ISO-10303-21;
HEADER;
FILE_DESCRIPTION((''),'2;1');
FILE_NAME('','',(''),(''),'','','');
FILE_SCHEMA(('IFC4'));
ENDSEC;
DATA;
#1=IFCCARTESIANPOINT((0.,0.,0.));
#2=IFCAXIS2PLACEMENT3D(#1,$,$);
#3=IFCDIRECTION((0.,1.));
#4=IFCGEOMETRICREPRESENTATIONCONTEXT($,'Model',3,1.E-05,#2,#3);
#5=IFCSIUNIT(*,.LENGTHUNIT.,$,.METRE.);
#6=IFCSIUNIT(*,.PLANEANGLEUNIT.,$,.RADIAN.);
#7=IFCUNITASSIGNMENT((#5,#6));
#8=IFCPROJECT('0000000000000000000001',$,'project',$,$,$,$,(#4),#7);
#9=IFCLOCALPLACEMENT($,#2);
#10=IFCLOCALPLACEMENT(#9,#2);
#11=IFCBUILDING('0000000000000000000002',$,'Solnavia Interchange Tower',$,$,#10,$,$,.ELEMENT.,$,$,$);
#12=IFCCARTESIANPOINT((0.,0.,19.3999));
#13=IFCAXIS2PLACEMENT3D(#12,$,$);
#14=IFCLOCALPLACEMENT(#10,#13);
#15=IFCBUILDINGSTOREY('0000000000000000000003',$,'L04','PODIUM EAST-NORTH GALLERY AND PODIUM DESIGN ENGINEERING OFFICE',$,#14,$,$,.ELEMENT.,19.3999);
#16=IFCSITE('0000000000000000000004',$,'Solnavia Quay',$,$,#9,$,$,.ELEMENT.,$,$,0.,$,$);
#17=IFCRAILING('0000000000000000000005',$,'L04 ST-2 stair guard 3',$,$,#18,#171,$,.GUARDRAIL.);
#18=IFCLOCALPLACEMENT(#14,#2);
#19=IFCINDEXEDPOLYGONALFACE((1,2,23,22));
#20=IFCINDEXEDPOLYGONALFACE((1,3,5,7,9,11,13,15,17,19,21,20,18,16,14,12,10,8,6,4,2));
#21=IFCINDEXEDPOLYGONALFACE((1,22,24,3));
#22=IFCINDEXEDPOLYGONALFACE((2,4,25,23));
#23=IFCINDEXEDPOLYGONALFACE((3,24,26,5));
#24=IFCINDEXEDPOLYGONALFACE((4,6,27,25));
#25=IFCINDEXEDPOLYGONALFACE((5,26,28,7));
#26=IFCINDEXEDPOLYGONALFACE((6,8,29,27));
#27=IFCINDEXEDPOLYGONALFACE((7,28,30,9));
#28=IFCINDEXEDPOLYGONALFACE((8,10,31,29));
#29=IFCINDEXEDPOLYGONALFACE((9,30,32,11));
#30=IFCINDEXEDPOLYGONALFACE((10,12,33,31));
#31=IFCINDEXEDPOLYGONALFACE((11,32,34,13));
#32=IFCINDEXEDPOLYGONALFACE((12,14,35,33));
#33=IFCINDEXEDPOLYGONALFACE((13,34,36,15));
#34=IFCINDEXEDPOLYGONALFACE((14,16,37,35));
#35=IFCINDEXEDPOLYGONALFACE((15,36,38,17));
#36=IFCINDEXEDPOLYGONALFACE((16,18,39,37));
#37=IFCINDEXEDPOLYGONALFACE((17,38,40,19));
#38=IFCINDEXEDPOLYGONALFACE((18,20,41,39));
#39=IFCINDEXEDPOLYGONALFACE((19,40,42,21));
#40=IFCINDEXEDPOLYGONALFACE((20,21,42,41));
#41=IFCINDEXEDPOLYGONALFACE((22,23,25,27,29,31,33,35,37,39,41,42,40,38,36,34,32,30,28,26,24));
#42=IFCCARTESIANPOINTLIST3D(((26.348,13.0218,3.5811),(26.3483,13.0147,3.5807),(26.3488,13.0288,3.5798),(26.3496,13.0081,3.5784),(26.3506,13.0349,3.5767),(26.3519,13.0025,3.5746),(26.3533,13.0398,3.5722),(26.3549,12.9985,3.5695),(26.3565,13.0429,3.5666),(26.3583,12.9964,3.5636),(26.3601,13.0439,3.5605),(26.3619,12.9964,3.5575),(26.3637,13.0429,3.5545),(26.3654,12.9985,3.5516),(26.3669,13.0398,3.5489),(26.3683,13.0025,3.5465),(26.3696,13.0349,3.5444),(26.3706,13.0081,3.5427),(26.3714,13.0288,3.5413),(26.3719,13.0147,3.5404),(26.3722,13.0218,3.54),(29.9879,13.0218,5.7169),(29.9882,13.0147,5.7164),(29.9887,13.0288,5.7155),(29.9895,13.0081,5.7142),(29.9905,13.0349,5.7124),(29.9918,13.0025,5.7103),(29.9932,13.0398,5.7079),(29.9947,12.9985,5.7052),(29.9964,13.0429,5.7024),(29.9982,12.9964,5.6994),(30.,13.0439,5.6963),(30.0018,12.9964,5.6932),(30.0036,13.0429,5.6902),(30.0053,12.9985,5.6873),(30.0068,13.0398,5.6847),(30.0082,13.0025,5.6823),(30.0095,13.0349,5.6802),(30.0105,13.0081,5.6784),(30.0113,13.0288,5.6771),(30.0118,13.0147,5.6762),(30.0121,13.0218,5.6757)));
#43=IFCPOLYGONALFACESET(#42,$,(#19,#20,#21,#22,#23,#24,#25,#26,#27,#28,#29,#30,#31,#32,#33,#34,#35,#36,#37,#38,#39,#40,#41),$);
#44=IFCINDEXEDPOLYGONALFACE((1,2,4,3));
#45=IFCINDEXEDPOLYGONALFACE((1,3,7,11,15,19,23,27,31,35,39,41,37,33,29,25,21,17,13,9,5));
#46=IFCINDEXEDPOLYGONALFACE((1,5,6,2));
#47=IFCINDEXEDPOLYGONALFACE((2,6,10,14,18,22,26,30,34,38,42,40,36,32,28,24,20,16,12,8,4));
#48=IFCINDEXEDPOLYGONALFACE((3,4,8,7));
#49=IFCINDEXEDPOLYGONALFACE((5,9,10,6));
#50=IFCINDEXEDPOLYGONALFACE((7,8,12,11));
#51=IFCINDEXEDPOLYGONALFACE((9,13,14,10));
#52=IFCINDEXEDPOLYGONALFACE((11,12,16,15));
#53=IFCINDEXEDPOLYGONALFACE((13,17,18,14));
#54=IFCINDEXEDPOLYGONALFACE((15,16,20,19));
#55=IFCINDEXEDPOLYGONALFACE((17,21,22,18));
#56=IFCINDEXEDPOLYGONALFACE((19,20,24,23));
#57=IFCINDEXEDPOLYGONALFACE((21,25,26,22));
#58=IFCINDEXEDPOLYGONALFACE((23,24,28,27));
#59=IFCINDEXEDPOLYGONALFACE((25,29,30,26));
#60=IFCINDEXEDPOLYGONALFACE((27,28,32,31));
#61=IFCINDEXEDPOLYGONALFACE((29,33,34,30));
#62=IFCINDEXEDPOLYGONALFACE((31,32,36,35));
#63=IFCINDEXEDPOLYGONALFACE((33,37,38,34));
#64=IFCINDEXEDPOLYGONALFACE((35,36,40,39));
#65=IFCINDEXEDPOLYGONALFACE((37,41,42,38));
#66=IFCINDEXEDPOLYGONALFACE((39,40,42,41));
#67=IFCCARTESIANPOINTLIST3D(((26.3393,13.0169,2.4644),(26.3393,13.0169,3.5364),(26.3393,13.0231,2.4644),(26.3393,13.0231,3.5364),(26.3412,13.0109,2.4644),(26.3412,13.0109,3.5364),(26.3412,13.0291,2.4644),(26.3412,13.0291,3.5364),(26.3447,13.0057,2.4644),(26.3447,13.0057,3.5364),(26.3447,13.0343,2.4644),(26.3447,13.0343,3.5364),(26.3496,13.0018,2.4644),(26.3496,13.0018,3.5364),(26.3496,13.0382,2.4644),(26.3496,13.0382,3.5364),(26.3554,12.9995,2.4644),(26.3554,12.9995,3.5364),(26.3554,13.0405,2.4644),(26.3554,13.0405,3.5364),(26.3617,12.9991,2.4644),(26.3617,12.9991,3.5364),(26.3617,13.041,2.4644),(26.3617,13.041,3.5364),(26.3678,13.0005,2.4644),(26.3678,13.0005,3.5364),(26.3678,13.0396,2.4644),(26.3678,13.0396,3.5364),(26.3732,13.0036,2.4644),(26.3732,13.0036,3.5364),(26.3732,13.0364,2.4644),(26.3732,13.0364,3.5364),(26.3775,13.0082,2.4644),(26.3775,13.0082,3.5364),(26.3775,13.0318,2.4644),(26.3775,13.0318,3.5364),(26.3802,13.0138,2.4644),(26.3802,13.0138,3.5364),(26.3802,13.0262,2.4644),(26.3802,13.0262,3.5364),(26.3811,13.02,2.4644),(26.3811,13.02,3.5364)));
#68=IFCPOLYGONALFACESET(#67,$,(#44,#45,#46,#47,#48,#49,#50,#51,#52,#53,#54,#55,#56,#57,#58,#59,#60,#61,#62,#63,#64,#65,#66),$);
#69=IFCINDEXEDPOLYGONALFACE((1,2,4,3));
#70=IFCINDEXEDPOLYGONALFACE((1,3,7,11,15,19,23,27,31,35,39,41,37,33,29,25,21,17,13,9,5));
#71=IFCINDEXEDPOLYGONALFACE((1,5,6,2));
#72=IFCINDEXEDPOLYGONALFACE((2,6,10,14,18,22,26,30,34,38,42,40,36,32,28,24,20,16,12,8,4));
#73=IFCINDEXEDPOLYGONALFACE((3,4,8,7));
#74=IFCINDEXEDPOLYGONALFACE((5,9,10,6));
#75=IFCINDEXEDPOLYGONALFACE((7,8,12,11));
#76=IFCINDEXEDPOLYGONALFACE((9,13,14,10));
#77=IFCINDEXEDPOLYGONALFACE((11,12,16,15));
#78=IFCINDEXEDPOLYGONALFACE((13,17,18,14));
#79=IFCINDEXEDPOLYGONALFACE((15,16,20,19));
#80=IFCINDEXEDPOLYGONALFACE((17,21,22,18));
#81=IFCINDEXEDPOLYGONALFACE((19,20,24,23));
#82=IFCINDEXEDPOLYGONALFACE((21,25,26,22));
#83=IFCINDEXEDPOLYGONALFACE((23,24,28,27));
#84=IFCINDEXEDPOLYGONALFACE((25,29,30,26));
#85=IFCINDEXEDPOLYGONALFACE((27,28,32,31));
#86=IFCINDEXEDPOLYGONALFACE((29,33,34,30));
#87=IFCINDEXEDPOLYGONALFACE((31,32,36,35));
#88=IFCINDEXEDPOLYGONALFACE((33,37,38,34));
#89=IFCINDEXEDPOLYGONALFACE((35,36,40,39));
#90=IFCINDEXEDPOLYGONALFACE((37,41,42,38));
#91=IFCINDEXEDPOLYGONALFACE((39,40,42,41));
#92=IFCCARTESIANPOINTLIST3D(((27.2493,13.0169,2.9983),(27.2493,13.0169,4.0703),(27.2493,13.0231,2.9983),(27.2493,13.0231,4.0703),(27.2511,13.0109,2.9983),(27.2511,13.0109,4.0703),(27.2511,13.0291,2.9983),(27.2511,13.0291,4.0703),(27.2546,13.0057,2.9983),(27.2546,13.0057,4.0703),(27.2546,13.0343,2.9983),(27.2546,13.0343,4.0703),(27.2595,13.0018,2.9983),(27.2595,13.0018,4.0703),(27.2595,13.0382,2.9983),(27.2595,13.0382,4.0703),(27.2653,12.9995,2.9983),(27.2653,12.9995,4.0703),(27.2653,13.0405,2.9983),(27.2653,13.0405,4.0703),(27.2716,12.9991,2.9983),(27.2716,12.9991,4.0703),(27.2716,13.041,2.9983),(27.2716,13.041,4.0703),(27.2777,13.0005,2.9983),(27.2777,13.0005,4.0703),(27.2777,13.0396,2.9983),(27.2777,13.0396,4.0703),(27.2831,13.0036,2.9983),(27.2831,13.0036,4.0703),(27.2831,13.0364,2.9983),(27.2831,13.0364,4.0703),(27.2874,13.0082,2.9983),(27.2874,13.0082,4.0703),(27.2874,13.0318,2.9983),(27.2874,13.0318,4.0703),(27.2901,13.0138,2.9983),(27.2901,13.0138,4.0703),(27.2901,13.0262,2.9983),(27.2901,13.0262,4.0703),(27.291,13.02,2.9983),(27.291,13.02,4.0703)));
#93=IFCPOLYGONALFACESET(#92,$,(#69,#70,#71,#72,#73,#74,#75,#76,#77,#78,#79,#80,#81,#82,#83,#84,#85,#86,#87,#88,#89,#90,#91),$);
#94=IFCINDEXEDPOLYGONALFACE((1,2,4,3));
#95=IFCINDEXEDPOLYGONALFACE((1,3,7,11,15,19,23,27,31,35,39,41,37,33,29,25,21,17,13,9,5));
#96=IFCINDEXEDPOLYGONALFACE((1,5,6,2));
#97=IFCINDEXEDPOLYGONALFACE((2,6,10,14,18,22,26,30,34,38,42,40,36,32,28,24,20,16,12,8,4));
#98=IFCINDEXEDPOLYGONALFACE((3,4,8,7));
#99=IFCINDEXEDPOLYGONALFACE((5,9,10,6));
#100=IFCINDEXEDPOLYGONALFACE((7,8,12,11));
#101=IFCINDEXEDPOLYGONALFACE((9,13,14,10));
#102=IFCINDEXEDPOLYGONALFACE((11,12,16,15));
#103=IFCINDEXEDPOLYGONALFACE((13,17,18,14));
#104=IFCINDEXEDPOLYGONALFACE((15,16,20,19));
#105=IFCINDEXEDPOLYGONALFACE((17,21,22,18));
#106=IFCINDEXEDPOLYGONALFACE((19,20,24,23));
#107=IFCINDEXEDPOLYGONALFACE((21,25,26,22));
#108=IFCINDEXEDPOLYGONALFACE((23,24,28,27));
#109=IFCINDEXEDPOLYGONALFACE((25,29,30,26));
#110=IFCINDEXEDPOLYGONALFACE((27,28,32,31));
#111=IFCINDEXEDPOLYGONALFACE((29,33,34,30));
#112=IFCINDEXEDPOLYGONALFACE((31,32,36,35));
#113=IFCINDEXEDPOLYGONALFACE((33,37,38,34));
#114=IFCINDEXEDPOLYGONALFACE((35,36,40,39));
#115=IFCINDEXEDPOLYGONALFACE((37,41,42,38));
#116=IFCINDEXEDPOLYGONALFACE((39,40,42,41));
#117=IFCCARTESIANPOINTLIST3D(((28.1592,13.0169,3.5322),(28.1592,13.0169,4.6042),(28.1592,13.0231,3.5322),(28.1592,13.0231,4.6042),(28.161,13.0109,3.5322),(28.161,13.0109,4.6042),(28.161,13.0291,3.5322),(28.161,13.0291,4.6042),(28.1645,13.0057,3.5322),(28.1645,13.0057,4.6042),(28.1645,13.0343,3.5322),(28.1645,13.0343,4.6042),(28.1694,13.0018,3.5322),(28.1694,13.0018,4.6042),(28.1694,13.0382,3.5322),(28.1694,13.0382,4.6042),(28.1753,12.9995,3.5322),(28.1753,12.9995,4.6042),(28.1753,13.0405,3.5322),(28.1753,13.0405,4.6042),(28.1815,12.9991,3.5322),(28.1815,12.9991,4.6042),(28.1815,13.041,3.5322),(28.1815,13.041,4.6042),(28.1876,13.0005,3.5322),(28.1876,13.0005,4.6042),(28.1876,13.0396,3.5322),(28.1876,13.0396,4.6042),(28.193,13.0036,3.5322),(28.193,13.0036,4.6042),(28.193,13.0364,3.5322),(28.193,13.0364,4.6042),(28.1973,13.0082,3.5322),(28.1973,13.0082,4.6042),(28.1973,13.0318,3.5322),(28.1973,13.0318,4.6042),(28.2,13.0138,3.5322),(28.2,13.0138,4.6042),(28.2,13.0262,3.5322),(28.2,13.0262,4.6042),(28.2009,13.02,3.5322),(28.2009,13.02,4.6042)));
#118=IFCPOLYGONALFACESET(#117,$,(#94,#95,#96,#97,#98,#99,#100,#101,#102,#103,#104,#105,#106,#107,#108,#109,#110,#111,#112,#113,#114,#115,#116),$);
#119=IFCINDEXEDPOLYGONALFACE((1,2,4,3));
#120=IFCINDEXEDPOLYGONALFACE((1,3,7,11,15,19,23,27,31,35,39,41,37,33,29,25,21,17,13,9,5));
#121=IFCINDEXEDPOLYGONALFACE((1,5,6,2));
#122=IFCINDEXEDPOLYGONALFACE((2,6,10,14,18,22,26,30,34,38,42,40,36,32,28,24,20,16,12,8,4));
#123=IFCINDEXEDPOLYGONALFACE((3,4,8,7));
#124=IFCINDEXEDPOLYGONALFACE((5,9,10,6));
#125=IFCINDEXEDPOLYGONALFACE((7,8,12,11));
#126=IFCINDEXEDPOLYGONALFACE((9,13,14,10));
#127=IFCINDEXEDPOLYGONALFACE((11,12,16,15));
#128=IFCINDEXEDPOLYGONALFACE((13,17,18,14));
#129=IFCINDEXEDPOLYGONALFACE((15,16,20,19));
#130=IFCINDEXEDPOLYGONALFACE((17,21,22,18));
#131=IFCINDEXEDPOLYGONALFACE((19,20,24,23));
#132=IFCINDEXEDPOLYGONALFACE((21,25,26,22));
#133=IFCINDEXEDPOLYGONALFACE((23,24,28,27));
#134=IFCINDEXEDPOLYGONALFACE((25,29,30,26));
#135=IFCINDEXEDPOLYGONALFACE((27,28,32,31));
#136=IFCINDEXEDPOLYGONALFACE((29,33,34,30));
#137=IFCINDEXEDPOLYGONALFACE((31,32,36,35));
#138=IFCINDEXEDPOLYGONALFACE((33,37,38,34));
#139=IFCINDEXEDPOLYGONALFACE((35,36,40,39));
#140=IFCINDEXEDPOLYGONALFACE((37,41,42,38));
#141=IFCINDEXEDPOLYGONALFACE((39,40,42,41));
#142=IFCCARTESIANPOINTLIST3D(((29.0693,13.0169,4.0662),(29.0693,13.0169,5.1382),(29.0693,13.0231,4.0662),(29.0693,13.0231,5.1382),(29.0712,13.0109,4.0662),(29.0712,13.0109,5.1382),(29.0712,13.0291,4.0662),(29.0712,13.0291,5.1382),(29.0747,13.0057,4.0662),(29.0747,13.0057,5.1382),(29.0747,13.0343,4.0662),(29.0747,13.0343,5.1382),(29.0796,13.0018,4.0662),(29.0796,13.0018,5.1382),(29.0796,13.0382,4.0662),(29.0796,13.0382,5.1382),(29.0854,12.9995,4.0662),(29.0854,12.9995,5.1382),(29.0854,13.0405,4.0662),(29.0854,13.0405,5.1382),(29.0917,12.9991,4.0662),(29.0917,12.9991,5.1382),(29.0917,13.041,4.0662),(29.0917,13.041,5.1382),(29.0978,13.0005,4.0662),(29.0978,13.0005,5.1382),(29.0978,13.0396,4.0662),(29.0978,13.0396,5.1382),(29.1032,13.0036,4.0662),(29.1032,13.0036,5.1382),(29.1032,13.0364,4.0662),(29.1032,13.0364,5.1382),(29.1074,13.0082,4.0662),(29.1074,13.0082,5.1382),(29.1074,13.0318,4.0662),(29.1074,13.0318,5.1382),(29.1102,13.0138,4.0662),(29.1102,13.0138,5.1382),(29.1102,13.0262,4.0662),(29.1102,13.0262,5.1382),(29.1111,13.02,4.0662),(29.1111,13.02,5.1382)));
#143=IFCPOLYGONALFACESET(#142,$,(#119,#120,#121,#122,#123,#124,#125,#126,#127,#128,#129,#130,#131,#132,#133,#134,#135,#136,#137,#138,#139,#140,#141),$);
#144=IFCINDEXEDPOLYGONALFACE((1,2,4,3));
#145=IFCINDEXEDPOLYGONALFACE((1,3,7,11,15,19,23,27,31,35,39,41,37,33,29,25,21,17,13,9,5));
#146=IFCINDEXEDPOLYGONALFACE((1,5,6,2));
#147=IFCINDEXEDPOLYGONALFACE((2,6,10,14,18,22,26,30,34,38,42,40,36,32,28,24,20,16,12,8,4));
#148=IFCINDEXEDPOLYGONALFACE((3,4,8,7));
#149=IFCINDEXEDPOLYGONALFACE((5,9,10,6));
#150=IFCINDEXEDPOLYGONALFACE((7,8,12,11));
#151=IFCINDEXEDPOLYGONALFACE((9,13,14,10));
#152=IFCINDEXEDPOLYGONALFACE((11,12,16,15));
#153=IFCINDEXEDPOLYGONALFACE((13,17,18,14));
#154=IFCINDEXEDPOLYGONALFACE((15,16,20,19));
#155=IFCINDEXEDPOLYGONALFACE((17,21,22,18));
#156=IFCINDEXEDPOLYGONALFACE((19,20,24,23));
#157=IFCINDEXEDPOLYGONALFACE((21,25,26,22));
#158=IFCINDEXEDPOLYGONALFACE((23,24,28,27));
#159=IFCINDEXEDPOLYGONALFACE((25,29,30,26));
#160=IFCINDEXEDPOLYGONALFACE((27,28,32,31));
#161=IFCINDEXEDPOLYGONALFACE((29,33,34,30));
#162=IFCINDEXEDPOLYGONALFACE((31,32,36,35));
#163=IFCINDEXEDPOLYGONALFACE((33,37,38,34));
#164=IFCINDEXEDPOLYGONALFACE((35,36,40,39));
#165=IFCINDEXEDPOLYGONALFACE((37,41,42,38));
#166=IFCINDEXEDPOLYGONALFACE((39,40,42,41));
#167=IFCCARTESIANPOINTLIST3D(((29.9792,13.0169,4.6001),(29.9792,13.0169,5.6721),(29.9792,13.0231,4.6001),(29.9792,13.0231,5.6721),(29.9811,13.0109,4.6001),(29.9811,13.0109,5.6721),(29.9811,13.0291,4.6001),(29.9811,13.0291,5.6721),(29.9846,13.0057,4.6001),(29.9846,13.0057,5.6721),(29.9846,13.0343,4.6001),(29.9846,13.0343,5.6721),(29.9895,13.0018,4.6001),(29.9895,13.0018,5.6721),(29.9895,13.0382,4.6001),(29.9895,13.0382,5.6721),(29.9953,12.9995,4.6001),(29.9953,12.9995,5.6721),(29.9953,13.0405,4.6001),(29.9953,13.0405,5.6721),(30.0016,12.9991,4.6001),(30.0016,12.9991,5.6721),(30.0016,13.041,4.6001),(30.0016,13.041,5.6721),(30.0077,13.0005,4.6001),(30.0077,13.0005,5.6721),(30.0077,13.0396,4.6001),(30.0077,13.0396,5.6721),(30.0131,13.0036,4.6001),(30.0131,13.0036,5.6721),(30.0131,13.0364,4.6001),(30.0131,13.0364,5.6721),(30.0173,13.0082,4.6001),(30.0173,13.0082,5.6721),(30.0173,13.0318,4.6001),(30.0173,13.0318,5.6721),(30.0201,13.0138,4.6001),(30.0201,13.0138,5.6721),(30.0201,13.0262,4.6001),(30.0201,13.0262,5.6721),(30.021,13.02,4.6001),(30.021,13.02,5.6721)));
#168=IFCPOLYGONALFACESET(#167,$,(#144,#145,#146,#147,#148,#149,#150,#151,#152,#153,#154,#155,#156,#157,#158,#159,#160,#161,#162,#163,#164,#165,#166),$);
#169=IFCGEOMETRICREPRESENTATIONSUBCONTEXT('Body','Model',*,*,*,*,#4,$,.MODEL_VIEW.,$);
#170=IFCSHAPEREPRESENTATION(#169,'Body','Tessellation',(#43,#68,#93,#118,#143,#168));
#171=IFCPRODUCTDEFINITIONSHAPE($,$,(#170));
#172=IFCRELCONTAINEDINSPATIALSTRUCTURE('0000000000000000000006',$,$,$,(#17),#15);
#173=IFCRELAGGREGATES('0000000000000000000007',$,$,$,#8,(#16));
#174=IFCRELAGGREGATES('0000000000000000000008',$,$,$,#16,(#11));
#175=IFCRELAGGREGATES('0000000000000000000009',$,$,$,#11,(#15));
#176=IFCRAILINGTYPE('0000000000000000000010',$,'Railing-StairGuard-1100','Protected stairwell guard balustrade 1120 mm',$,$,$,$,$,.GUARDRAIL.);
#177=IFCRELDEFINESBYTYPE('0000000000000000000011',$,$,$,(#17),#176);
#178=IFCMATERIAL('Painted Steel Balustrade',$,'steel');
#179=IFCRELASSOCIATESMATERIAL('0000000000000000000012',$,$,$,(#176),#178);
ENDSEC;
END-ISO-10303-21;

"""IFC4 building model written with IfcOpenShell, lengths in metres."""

from ifc_helpers import new_model, si_unit, direction, frame, origin, origin_2d, place, context, subcontext, project, spatial, circle, extrude, material, type_object, element, save


model = new_model("IFC4")

# Units and contexts
model_context = context("Model", 3, precision=1e-05, world=origin(), true_north=direction((0.0, 1.0)))
body_context = subcontext(model_context, "Body", "Model", "MODEL_VIEW")
ifc_project = project(units=[si_unit("LENGTHUNIT", "METRE"), si_unit("PLANEANGLEUNIT", "RADIAN")], contexts=[model_context])

# Site, building, storey
site_placement = place(None, origin())
site = spatial("IfcSite", under=ifc_project, at=site_placement, Name="Solnavia Quay", CompositionType="ELEMENT", RefElevation=0.0)
building_placement = place(site_placement, origin())
building = spatial("IfcBuilding", under=site, at=building_placement, Name="Solnavia Interchange Tower", CompositionType="ELEMENT")
storey_placement = place(building_placement, frame((0.0, 0.0, 19.3999)))
storey = spatial("IfcBuildingStorey", under=building, at=storey_placement, Name="L04", Description="PODIUM EAST-NORTH GALLERY AND PODIUM DESIGN ENGINEERING OFFICE", CompositionType="ELEMENT", Elevation=19.3999)

# Railing
ifc_material_1 = material(Name="Painted Steel Balustrade", Category="steel")
railing_type_1 = type_object("IfcRailingType", Name="Railing-StairGuard-1100", Description="Protected stairwell guard balustrade 1120 mm", PredefinedType="GUARDRAIL", material=ifc_material_1)
railing_1_placement = place(storey_placement, frame((26.3601, 13.02, 2.4644)))
element("IfcRailing", 1, at=railing_1_placement, inside=storey, type_object=railing_type_1, Name="L04 ST-2 stair guard 3", PredefinedType="GUARDRAIL", context=body_context, shape_type="SweptSolid", body=[
    extrude(circle(Radius=0.0239, at=origin_2d()), frame((0.0, 0.0, 1.0962), z_axis=(0.86249, 0.0, 0.506074), x_axis=(0.0, 1.0, 0.0)), (0.0, 0.0, 1.0), 4.2202),
    extrude(circle(Radius=0.021, at=origin_2d()), origin(), (0.0, 0.0, 1.0), 1.072),
    extrude(circle(Radius=0.021, at=origin_2d()), frame((0.9099, 0.0, 0.5339)), (0.0, 0.0, 1.0), 1.072),
    extrude(circle(Radius=0.021, at=origin_2d()), frame((1.8198, 0.0, 1.0679)), (0.0, 0.0, 1.0), 1.072),
    extrude(circle(Radius=0.021, at=origin_2d()), frame((2.73, 0.0, 1.6018)), (0.0, 0.0, 1.0), 1.072),
    extrude(circle(Radius=0.021, at=origin_2d()), frame((3.6399, 0.0, 2.1357)), (0.0, 0.0, 1.0), 1.072),
])

save(model, "model.ifc")
